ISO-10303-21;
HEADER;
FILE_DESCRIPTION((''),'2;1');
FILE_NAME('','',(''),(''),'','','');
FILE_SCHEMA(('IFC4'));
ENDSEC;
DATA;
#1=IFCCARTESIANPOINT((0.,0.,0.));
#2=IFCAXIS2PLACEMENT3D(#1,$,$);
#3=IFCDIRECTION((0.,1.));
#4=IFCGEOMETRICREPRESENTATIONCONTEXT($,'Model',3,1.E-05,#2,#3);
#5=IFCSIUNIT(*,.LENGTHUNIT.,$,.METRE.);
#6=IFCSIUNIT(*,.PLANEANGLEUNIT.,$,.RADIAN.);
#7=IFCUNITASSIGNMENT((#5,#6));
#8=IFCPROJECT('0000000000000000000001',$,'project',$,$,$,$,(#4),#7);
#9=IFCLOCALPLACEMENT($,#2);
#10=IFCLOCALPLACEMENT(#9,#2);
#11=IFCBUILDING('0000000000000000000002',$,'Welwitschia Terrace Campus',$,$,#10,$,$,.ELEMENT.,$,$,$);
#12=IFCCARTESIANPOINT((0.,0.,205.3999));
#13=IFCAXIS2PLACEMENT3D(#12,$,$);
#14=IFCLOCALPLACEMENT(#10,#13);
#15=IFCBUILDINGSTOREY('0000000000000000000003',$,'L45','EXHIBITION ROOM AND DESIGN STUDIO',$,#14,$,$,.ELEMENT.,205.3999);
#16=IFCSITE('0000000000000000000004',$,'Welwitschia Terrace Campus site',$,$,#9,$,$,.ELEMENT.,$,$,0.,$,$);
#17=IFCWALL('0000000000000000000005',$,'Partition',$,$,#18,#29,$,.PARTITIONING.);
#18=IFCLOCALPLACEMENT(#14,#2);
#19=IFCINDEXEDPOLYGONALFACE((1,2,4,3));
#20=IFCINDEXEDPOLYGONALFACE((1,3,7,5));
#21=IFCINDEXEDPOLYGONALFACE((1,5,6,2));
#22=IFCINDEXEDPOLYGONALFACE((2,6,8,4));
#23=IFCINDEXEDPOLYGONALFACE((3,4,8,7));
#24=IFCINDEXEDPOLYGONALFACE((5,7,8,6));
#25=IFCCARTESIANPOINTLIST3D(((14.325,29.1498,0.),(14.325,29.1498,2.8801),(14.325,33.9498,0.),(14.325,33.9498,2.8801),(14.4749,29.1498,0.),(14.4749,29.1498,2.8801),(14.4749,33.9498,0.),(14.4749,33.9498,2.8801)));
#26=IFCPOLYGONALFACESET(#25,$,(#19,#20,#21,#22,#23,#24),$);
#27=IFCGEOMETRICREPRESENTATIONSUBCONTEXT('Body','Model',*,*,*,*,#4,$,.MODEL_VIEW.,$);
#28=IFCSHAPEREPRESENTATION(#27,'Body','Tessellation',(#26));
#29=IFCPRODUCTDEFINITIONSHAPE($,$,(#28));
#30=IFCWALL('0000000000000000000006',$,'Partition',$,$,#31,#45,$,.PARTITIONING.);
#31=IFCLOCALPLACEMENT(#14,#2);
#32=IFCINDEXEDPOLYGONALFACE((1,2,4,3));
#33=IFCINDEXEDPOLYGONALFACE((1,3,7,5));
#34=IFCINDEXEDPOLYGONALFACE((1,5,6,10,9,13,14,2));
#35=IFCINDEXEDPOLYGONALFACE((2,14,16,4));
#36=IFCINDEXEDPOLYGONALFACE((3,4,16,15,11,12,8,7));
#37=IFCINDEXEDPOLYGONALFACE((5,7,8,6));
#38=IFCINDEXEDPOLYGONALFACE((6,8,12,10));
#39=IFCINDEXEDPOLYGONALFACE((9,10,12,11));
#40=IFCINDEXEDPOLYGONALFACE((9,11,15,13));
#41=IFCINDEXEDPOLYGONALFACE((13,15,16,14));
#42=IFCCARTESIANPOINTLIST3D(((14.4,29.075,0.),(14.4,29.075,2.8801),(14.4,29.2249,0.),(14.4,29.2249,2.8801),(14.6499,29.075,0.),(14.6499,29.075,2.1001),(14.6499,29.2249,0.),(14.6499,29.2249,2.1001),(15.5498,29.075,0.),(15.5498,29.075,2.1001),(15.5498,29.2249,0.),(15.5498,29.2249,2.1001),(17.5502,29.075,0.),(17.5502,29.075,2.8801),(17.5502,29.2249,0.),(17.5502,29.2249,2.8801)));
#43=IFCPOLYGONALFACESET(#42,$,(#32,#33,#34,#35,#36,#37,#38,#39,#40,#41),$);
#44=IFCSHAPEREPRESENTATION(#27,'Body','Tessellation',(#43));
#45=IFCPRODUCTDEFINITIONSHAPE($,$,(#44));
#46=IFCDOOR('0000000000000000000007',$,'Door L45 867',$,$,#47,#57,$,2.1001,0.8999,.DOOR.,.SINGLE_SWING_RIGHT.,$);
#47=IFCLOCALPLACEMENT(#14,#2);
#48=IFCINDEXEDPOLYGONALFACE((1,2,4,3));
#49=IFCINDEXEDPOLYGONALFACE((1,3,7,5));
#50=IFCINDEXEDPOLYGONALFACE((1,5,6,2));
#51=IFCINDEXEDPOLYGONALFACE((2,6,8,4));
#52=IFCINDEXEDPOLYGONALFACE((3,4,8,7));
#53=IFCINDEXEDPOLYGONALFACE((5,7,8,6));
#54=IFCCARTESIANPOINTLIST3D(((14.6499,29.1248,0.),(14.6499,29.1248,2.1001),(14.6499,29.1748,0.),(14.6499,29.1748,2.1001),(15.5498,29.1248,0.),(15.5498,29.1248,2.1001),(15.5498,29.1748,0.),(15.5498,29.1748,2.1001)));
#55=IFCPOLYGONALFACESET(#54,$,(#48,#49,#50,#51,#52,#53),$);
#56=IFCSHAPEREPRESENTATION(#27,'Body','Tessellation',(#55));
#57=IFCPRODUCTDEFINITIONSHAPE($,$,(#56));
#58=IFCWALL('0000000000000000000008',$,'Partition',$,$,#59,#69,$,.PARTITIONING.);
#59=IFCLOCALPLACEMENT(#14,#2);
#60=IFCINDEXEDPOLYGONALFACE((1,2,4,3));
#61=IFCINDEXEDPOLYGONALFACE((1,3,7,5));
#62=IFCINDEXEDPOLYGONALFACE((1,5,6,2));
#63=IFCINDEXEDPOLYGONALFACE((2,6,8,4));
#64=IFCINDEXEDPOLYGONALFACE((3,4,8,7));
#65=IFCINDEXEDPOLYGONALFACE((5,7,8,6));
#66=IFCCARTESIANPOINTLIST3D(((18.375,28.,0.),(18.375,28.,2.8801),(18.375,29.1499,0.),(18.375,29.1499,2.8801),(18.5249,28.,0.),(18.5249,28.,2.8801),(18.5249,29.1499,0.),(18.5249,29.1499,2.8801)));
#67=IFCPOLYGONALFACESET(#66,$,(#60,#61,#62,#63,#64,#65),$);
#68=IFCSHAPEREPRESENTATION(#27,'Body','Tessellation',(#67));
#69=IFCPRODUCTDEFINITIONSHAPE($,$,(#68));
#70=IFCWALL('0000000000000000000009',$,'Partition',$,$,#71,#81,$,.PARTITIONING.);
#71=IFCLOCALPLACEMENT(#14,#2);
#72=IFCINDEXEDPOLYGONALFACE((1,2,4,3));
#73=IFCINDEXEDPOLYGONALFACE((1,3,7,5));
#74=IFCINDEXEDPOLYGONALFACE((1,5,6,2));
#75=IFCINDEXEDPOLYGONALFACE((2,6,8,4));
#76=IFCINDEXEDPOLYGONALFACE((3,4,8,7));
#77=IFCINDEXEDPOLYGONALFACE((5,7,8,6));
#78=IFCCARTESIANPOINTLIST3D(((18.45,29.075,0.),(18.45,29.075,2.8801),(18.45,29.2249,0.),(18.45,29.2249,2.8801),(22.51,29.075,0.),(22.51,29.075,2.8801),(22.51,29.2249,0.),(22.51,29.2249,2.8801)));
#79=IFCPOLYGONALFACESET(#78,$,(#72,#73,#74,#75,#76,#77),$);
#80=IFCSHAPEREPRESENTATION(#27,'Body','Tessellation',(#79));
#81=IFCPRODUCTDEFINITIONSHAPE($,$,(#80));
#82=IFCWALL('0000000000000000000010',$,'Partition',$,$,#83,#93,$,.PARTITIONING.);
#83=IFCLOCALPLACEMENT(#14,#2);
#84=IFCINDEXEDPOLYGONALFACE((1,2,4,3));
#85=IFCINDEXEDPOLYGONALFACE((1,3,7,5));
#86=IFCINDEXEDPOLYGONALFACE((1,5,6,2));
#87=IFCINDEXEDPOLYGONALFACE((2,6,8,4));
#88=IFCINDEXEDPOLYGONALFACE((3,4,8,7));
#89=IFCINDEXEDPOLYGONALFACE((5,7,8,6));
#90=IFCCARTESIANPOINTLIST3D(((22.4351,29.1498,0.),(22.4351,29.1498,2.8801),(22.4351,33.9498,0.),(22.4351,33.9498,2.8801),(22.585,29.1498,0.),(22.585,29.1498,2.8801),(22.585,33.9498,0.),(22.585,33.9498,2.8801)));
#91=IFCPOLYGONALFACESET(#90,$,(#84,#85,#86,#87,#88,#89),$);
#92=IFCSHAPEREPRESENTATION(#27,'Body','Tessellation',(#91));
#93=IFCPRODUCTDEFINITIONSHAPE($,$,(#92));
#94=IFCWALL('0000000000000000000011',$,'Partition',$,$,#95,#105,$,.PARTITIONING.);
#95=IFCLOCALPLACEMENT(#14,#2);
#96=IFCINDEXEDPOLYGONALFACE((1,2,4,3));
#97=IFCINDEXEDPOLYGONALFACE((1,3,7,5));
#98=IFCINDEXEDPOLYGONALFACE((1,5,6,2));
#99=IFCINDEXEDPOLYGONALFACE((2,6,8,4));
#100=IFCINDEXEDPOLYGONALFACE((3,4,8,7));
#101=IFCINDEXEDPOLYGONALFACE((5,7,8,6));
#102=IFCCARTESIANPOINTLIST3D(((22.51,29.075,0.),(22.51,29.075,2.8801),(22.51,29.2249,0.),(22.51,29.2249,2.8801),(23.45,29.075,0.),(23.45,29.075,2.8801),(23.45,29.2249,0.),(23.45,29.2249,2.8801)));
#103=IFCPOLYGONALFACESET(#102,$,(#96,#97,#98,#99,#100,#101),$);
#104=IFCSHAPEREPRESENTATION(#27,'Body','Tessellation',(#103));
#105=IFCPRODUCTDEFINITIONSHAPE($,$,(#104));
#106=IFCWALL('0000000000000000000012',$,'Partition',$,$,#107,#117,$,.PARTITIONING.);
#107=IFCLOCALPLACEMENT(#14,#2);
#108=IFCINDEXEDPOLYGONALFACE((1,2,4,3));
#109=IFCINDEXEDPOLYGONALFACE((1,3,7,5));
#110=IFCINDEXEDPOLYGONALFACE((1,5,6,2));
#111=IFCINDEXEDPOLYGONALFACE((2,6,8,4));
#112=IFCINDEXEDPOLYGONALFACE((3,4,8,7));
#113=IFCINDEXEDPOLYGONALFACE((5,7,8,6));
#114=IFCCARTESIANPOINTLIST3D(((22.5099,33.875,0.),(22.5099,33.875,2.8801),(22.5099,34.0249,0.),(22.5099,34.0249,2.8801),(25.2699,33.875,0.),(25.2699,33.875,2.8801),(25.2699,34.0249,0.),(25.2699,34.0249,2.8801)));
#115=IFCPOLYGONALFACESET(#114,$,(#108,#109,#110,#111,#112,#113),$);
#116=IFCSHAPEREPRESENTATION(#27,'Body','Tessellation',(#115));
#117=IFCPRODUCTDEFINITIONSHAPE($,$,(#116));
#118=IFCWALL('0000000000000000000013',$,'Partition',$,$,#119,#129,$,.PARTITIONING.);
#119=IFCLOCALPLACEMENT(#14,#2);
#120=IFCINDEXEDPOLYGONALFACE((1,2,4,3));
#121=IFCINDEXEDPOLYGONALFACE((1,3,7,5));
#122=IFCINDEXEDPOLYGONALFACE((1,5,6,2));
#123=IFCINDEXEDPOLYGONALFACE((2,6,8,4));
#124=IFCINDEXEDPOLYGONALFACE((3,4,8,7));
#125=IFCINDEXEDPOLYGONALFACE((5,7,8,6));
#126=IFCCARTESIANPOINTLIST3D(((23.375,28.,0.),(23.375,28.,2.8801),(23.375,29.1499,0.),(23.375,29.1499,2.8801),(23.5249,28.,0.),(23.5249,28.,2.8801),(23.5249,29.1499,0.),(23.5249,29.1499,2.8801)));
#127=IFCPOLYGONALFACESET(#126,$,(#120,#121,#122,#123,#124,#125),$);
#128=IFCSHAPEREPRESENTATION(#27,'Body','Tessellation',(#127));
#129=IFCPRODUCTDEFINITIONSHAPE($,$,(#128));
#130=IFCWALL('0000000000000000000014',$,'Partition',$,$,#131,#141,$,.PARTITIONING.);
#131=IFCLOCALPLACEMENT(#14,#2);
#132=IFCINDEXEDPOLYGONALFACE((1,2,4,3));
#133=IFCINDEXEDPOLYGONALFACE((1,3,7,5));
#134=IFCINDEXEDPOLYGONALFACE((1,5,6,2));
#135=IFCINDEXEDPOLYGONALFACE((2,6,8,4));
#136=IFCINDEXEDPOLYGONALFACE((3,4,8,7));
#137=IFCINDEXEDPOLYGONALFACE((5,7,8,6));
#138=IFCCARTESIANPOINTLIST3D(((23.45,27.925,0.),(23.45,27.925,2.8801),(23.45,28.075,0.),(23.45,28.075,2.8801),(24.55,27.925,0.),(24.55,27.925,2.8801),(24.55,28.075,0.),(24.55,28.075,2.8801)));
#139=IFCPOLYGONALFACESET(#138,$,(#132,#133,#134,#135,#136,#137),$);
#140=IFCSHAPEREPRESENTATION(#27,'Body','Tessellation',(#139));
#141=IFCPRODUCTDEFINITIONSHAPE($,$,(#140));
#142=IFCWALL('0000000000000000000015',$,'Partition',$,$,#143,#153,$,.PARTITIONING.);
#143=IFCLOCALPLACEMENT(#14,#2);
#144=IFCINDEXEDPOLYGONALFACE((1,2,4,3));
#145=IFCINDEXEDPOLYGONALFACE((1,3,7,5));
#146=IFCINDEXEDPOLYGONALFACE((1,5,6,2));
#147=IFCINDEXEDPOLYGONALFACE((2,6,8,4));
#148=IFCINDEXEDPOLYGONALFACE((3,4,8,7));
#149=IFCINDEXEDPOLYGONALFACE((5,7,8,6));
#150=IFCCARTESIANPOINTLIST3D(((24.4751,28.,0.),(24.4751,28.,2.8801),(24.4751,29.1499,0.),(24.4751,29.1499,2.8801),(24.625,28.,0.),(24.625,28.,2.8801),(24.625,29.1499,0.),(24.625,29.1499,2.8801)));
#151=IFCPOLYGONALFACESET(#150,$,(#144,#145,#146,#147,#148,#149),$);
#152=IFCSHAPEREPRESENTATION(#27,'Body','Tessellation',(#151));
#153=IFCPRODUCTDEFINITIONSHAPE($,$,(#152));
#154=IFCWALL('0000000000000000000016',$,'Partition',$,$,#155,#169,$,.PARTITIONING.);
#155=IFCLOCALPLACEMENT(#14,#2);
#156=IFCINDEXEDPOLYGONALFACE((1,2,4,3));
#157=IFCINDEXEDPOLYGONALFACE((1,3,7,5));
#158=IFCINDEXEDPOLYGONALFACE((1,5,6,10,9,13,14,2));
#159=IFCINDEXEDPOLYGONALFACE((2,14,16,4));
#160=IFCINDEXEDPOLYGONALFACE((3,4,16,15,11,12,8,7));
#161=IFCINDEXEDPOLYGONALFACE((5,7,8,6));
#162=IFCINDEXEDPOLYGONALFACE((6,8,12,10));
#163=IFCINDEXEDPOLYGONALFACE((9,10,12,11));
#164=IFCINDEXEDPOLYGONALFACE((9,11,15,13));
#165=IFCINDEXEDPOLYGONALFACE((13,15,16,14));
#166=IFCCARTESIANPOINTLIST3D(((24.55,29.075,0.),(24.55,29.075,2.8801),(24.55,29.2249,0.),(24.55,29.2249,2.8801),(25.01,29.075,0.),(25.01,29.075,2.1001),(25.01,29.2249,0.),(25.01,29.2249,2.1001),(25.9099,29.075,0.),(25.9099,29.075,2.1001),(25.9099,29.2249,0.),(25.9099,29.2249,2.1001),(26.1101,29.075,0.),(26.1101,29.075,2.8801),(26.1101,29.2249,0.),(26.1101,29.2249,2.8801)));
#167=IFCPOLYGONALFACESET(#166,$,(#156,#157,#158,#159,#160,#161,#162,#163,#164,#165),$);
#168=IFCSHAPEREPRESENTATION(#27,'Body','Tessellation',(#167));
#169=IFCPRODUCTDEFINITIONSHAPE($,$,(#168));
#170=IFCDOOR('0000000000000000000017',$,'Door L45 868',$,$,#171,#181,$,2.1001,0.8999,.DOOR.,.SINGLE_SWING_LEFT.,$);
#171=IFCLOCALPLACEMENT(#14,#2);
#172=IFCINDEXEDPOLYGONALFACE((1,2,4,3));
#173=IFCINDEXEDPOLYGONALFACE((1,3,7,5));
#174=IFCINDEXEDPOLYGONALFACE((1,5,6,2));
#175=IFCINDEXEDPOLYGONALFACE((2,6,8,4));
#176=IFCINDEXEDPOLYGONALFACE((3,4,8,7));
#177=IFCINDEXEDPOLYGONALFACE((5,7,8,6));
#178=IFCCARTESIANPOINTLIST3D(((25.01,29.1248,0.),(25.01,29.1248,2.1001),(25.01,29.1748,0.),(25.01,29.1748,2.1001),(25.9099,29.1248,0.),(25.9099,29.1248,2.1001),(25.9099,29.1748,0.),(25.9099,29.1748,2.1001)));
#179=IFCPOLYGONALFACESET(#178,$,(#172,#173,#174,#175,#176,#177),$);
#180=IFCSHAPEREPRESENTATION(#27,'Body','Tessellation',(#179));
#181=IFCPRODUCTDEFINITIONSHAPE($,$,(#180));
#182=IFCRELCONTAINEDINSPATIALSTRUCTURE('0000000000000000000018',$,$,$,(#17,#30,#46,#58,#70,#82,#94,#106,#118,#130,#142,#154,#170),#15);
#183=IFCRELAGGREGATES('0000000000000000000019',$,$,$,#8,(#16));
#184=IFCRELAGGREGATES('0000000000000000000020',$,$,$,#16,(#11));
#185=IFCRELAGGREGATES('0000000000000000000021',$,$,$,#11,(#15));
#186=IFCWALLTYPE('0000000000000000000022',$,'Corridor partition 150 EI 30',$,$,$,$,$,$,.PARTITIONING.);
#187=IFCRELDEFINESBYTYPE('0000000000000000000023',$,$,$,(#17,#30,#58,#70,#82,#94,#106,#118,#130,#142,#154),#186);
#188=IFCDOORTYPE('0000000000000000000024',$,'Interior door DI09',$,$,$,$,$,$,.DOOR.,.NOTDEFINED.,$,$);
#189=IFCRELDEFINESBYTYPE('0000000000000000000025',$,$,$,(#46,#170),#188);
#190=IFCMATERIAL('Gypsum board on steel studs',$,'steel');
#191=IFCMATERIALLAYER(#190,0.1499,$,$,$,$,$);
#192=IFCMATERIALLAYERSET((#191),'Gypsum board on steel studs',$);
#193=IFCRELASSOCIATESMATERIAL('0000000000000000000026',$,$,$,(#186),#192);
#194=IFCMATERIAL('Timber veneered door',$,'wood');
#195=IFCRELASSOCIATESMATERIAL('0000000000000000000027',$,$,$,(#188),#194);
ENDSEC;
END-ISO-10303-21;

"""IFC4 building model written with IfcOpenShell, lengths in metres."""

from ifc_helpers import new_model, si_unit, direction, frame, frame_2d, origin, place, context, subcontext, project, spatial, rectangle, extrude, material, layer, layer_set, type_object, element, fill, save


model = new_model("IFC4")

# Units and contexts
model_context = context("Model", 3, precision=1e-05, world=origin(), true_north=direction((0.0, 1.0)))
body_context = subcontext(model_context, "Body", "Model", "MODEL_VIEW")
ifc_project = project(units=[si_unit("LENGTHUNIT", "METRE"), si_unit("PLANEANGLEUNIT", "RADIAN")], contexts=[model_context])

# Site, building, storey
site_placement = place(None, origin())
site = spatial("IfcSite", under=ifc_project, at=site_placement, Name="Welwitschia Terrace Campus site", CompositionType="ELEMENT", RefElevation=0.0)
building_placement = place(site_placement, origin())
building = spatial("IfcBuilding", under=site, at=building_placement, Name="Welwitschia Terrace Campus", CompositionType="ELEMENT")
storey_placement = place(building_placement, frame((0.0, 0.0, 205.3999)))
storey = spatial("IfcBuildingStorey", under=building, at=storey_placement, Name="L45", Description="EXHIBITION ROOM AND DESIGN STUDIO", CompositionType="ELEMENT", Elevation=205.3999)

# Shared definitions
ifc_material_1 = material(Name="Gypsum board on steel studs", Category="steel")
ifc_layer_1 = layer(ifc_material_1, 0.1499)
ifc_layer_set_1 = layer_set([ifc_layer_1], Name="Gypsum board on steel studs")
wall_type = type_object("IfcWallType", Name="Corridor partition 150 EI 30", PredefinedType="PARTITIONING", material=ifc_layer_set_1)

# Shared definitions
ifc_material_2 = material(Name="Timber veneered door", Category="wood")
door_type = type_object("IfcDoorType", Name="Interior door DI09", OperationType="NOTDEFINED", PredefinedType="DOOR", material=ifc_material_2)

# Wall
wall_1_placement = place(storey_placement, frame((14.3999, 29.1499, 0.0), z_axis=(0.0, 0.0, 1.0), x_axis=(0.0, 1.0, 0.0)))
element("IfcWall", 1, at=wall_1_placement, inside=storey, type_object=wall_type, Name="Partition", PredefinedType="PARTITIONING", context=body_context, shape_type="SweptSolid", body=[
    extrude(rectangle(XDim=4.8, YDim=0.1499, at=frame_2d((2.3999, 0.0))), origin(), (0.0, 0.0, 1.0), 2.8801),
])

# Wall, opening, door
wall_2_placement = place(storey_placement, frame((14.3999, 29.1499, 0.0), z_axis=(0.0, 0.0, 1.0), x_axis=(1.0, 0.0, 0.0)))
wall_2 = element("IfcWall", 2, at=wall_2_placement, inside=storey, type_object=wall_type, Name="Partition", PredefinedType="PARTITIONING", context=body_context, shape_type="SweptSolid", body=[
    extrude(rectangle(XDim=3.1501, YDim=0.1499, at=frame_2d((1.5752, 0.0))), origin(), (0.0, 0.0, 1.0), 2.8801),
])
opening_1_placement = place(wall_2_placement, frame((0.25, 0.0, 0.0)))
opening_1 = element("IfcOpeningElement", 3, at=opening_1_placement, cuts=wall_2, PredefinedType="OPENING", context=body_context, shape_type="SweptSolid", body=[
    extrude(rectangle(XDim=0.8999, YDim=2.1001, at=frame_2d((0.45, 1.05))), frame((0.0, 0.085, 0.0), z_axis=(0.0, -1.0, 0.0), x_axis=(1.0, 0.0, 0.0)), (0.0, 0.0, 1.0), 0.1699),
])
door_1_placement = place(opening_1_placement, origin())
door_1 = element("IfcDoor", 4, at=door_1_placement, inside=storey, type_object=door_type, Name="Door L45 867", OperationType="SINGLE_SWING_RIGHT", OverallHeight=2.1001, OverallWidth=0.8999, PredefinedType="DOOR", context=body_context, shape_type="SweptSolid", body=[
    extrude(rectangle(XDim=0.8999, YDim=2.1001, at=frame_2d((0.45, 1.05))), frame((0.0, 0.0249, 0.0), z_axis=(0.0, -1.0, 0.0), x_axis=(1.0, 0.0, 0.0)), (0.0, 0.0, 1.0), 0.05),
])
fill(opening_1, door_1)

# Walls
wall_3_placement = place(storey_placement, frame((18.45, 28.0, 0.0), z_axis=(0.0, 0.0, 1.0), x_axis=(0.0, 1.0, 0.0)))
element("IfcWall", 5, at=wall_3_placement, inside=storey, type_object=wall_type, Name="Partition", PredefinedType="PARTITIONING", context=body_context, shape_type="SweptSolid", body=[
    extrude(rectangle(XDim=1.1499, YDim=0.1499, at=frame_2d((0.575, 0.0))), origin(), (0.0, 0.0, 1.0), 2.8801),
])
wall_4_placement = place(storey_placement, frame((18.45, 29.1499, 0.0), z_axis=(0.0, 0.0, 1.0), x_axis=(1.0, 0.0, 0.0)))
element("IfcWall", 6, at=wall_4_placement, inside=storey, type_object=wall_type, Name="Partition", PredefinedType="PARTITIONING", context=body_context, shape_type="SweptSolid", body=[
    extrude(rectangle(XDim=4.0601, YDim=0.1499, at=frame_2d((2.03, 0.0))), origin(), (0.0, 0.0, 1.0), 2.8801),
])
wall_5_placement = place(storey_placement, frame((22.51, 29.1499, 0.0), z_axis=(0.0, 0.0, 1.0), x_axis=(0.0, 1.0, 0.0)))
element("IfcWall", 7, at=wall_5_placement, inside=storey, type_object=wall_type, Name="Partition", PredefinedType="PARTITIONING", context=body_context, shape_type="SweptSolid", body=[
    extrude(rectangle(XDim=4.8, YDim=0.1499, at=frame_2d((2.3999, 0.0))), origin(), (0.0, 0.0, 1.0), 2.8801),
])
wall_6_placement = place(storey_placement, frame((22.51, 29.1499, 0.0), z_axis=(0.0, 0.0, 1.0), x_axis=(1.0, 0.0, 0.0)))
element("IfcWall", 8, at=wall_6_placement, inside=storey, type_object=wall_type, Name="Partition", PredefinedType="PARTITIONING", context=body_context, shape_type="SweptSolid", body=[
    extrude(rectangle(XDim=0.9399, YDim=0.1499, at=frame_2d((0.47, 0.0))), origin(), (0.0, 0.0, 1.0), 2.8801),
])
wall_7_placement = place(storey_placement, frame((22.51, 33.95, 0.0), z_axis=(0.0, 0.0, 1.0), x_axis=(1.0, 0.0, 0.0)))
element("IfcWall", 9, at=wall_7_placement, inside=storey, type_object=wall_type, Name="Partition", PredefinedType="PARTITIONING", context=body_context, shape_type="SweptSolid", body=[
    extrude(rectangle(XDim=2.76, YDim=0.1499, at=frame_2d((1.3799, 0.0))), origin(), (0.0, 0.0, 1.0), 2.8801),
])
wall_8_placement = place(storey_placement, frame((23.45, 28.0, 0.0), z_axis=(0.0, 0.0, 1.0), x_axis=(0.0, 1.0, 0.0)))
element("IfcWall", 10, at=wall_8_placement, inside=storey, type_object=wall_type, Name="Partition", PredefinedType="PARTITIONING", context=body_context, shape_type="SweptSolid", body=[
    extrude(rectangle(XDim=1.1499, YDim=0.1499, at=frame_2d((0.575, 0.0))), origin(), (0.0, 0.0, 1.0), 2.8801),
])
wall_9_placement = place(storey_placement, frame((23.45, 28.0, 0.0), z_axis=(0.0, 0.0, 1.0), x_axis=(1.0, 0.0, 0.0)))
element("IfcWall", 11, at=wall_9_placement, inside=storey, type_object=wall_type, Name="Partition", PredefinedType="PARTITIONING", context=body_context, shape_type="SweptSolid", body=[
    extrude(rectangle(XDim=1.1001, YDim=0.1499, at=frame_2d((0.55, 0.0))), origin(), (0.0, 0.0, 1.0), 2.8801),
])
wall_10_placement = place(storey_placement, frame((24.55, 28.0, 0.0), z_axis=(0.0, 0.0, 1.0), x_axis=(0.0, 1.0, 0.0)))
element("IfcWall", 12, at=wall_10_placement, inside=storey, type_object=wall_type, Name="Partition", PredefinedType="PARTITIONING", context=body_context, shape_type="SweptSolid", body=[
    extrude(rectangle(XDim=1.1499, YDim=0.1499, at=frame_2d((0.575, 0.0))), origin(), (0.0, 0.0, 1.0), 2.8801),
])

# Wall, opening, door
wall_11_placement = place(storey_placement, frame((24.55, 29.1499, 0.0), z_axis=(0.0, 0.0, 1.0), x_axis=(1.0, 0.0, 0.0)))
wall_11 = element("IfcWall", 13, at=wall_11_placement, inside=storey, type_object=wall_type, Name="Partition", PredefinedType="PARTITIONING", context=body_context, shape_type="SweptSolid", body=[
    extrude(rectangle(XDim=1.5601, YDim=0.1499, at=frame_2d((0.78, 0.0))), origin(), (0.0, 0.0, 1.0), 2.8801),
])
opening_2_placement = place(wall_11_placement, frame((0.46, 0.0, 0.0)))
opening_2 = element("IfcOpeningElement", 14, at=opening_2_placement, cuts=wall_11, PredefinedType="OPENING", context=body_context, shape_type="SweptSolid", body=[
    extrude(rectangle(XDim=0.8999, YDim=2.1001, at=frame_2d((0.45, 1.05))), frame((0.0, 0.085, 0.0), z_axis=(0.0, -1.0, 0.0), x_axis=(1.0, 0.0, 0.0)), (0.0, 0.0, 1.0), 0.1699),
])
door_2_placement = place(opening_2_placement, origin())
door_2 = element("IfcDoor", 15, at=door_2_placement, inside=storey, type_object=door_type, Name="Door L45 868", OperationType="SINGLE_SWING_LEFT", OverallHeight=2.1001, OverallWidth=0.8999, PredefinedType="DOOR", context=body_context, shape_type="SweptSolid", body=[
    extrude(rectangle(XDim=0.8999, YDim=2.1001, at=frame_2d((0.45, 1.05))), frame((0.0, 0.0249, 0.0), z_axis=(0.0, -1.0, 0.0), x_axis=(1.0, 0.0, 0.0)), (0.0, 0.0, 1.0), 0.05),
])
fill(opening_2, door_2)

save(model, "model.ifc")
